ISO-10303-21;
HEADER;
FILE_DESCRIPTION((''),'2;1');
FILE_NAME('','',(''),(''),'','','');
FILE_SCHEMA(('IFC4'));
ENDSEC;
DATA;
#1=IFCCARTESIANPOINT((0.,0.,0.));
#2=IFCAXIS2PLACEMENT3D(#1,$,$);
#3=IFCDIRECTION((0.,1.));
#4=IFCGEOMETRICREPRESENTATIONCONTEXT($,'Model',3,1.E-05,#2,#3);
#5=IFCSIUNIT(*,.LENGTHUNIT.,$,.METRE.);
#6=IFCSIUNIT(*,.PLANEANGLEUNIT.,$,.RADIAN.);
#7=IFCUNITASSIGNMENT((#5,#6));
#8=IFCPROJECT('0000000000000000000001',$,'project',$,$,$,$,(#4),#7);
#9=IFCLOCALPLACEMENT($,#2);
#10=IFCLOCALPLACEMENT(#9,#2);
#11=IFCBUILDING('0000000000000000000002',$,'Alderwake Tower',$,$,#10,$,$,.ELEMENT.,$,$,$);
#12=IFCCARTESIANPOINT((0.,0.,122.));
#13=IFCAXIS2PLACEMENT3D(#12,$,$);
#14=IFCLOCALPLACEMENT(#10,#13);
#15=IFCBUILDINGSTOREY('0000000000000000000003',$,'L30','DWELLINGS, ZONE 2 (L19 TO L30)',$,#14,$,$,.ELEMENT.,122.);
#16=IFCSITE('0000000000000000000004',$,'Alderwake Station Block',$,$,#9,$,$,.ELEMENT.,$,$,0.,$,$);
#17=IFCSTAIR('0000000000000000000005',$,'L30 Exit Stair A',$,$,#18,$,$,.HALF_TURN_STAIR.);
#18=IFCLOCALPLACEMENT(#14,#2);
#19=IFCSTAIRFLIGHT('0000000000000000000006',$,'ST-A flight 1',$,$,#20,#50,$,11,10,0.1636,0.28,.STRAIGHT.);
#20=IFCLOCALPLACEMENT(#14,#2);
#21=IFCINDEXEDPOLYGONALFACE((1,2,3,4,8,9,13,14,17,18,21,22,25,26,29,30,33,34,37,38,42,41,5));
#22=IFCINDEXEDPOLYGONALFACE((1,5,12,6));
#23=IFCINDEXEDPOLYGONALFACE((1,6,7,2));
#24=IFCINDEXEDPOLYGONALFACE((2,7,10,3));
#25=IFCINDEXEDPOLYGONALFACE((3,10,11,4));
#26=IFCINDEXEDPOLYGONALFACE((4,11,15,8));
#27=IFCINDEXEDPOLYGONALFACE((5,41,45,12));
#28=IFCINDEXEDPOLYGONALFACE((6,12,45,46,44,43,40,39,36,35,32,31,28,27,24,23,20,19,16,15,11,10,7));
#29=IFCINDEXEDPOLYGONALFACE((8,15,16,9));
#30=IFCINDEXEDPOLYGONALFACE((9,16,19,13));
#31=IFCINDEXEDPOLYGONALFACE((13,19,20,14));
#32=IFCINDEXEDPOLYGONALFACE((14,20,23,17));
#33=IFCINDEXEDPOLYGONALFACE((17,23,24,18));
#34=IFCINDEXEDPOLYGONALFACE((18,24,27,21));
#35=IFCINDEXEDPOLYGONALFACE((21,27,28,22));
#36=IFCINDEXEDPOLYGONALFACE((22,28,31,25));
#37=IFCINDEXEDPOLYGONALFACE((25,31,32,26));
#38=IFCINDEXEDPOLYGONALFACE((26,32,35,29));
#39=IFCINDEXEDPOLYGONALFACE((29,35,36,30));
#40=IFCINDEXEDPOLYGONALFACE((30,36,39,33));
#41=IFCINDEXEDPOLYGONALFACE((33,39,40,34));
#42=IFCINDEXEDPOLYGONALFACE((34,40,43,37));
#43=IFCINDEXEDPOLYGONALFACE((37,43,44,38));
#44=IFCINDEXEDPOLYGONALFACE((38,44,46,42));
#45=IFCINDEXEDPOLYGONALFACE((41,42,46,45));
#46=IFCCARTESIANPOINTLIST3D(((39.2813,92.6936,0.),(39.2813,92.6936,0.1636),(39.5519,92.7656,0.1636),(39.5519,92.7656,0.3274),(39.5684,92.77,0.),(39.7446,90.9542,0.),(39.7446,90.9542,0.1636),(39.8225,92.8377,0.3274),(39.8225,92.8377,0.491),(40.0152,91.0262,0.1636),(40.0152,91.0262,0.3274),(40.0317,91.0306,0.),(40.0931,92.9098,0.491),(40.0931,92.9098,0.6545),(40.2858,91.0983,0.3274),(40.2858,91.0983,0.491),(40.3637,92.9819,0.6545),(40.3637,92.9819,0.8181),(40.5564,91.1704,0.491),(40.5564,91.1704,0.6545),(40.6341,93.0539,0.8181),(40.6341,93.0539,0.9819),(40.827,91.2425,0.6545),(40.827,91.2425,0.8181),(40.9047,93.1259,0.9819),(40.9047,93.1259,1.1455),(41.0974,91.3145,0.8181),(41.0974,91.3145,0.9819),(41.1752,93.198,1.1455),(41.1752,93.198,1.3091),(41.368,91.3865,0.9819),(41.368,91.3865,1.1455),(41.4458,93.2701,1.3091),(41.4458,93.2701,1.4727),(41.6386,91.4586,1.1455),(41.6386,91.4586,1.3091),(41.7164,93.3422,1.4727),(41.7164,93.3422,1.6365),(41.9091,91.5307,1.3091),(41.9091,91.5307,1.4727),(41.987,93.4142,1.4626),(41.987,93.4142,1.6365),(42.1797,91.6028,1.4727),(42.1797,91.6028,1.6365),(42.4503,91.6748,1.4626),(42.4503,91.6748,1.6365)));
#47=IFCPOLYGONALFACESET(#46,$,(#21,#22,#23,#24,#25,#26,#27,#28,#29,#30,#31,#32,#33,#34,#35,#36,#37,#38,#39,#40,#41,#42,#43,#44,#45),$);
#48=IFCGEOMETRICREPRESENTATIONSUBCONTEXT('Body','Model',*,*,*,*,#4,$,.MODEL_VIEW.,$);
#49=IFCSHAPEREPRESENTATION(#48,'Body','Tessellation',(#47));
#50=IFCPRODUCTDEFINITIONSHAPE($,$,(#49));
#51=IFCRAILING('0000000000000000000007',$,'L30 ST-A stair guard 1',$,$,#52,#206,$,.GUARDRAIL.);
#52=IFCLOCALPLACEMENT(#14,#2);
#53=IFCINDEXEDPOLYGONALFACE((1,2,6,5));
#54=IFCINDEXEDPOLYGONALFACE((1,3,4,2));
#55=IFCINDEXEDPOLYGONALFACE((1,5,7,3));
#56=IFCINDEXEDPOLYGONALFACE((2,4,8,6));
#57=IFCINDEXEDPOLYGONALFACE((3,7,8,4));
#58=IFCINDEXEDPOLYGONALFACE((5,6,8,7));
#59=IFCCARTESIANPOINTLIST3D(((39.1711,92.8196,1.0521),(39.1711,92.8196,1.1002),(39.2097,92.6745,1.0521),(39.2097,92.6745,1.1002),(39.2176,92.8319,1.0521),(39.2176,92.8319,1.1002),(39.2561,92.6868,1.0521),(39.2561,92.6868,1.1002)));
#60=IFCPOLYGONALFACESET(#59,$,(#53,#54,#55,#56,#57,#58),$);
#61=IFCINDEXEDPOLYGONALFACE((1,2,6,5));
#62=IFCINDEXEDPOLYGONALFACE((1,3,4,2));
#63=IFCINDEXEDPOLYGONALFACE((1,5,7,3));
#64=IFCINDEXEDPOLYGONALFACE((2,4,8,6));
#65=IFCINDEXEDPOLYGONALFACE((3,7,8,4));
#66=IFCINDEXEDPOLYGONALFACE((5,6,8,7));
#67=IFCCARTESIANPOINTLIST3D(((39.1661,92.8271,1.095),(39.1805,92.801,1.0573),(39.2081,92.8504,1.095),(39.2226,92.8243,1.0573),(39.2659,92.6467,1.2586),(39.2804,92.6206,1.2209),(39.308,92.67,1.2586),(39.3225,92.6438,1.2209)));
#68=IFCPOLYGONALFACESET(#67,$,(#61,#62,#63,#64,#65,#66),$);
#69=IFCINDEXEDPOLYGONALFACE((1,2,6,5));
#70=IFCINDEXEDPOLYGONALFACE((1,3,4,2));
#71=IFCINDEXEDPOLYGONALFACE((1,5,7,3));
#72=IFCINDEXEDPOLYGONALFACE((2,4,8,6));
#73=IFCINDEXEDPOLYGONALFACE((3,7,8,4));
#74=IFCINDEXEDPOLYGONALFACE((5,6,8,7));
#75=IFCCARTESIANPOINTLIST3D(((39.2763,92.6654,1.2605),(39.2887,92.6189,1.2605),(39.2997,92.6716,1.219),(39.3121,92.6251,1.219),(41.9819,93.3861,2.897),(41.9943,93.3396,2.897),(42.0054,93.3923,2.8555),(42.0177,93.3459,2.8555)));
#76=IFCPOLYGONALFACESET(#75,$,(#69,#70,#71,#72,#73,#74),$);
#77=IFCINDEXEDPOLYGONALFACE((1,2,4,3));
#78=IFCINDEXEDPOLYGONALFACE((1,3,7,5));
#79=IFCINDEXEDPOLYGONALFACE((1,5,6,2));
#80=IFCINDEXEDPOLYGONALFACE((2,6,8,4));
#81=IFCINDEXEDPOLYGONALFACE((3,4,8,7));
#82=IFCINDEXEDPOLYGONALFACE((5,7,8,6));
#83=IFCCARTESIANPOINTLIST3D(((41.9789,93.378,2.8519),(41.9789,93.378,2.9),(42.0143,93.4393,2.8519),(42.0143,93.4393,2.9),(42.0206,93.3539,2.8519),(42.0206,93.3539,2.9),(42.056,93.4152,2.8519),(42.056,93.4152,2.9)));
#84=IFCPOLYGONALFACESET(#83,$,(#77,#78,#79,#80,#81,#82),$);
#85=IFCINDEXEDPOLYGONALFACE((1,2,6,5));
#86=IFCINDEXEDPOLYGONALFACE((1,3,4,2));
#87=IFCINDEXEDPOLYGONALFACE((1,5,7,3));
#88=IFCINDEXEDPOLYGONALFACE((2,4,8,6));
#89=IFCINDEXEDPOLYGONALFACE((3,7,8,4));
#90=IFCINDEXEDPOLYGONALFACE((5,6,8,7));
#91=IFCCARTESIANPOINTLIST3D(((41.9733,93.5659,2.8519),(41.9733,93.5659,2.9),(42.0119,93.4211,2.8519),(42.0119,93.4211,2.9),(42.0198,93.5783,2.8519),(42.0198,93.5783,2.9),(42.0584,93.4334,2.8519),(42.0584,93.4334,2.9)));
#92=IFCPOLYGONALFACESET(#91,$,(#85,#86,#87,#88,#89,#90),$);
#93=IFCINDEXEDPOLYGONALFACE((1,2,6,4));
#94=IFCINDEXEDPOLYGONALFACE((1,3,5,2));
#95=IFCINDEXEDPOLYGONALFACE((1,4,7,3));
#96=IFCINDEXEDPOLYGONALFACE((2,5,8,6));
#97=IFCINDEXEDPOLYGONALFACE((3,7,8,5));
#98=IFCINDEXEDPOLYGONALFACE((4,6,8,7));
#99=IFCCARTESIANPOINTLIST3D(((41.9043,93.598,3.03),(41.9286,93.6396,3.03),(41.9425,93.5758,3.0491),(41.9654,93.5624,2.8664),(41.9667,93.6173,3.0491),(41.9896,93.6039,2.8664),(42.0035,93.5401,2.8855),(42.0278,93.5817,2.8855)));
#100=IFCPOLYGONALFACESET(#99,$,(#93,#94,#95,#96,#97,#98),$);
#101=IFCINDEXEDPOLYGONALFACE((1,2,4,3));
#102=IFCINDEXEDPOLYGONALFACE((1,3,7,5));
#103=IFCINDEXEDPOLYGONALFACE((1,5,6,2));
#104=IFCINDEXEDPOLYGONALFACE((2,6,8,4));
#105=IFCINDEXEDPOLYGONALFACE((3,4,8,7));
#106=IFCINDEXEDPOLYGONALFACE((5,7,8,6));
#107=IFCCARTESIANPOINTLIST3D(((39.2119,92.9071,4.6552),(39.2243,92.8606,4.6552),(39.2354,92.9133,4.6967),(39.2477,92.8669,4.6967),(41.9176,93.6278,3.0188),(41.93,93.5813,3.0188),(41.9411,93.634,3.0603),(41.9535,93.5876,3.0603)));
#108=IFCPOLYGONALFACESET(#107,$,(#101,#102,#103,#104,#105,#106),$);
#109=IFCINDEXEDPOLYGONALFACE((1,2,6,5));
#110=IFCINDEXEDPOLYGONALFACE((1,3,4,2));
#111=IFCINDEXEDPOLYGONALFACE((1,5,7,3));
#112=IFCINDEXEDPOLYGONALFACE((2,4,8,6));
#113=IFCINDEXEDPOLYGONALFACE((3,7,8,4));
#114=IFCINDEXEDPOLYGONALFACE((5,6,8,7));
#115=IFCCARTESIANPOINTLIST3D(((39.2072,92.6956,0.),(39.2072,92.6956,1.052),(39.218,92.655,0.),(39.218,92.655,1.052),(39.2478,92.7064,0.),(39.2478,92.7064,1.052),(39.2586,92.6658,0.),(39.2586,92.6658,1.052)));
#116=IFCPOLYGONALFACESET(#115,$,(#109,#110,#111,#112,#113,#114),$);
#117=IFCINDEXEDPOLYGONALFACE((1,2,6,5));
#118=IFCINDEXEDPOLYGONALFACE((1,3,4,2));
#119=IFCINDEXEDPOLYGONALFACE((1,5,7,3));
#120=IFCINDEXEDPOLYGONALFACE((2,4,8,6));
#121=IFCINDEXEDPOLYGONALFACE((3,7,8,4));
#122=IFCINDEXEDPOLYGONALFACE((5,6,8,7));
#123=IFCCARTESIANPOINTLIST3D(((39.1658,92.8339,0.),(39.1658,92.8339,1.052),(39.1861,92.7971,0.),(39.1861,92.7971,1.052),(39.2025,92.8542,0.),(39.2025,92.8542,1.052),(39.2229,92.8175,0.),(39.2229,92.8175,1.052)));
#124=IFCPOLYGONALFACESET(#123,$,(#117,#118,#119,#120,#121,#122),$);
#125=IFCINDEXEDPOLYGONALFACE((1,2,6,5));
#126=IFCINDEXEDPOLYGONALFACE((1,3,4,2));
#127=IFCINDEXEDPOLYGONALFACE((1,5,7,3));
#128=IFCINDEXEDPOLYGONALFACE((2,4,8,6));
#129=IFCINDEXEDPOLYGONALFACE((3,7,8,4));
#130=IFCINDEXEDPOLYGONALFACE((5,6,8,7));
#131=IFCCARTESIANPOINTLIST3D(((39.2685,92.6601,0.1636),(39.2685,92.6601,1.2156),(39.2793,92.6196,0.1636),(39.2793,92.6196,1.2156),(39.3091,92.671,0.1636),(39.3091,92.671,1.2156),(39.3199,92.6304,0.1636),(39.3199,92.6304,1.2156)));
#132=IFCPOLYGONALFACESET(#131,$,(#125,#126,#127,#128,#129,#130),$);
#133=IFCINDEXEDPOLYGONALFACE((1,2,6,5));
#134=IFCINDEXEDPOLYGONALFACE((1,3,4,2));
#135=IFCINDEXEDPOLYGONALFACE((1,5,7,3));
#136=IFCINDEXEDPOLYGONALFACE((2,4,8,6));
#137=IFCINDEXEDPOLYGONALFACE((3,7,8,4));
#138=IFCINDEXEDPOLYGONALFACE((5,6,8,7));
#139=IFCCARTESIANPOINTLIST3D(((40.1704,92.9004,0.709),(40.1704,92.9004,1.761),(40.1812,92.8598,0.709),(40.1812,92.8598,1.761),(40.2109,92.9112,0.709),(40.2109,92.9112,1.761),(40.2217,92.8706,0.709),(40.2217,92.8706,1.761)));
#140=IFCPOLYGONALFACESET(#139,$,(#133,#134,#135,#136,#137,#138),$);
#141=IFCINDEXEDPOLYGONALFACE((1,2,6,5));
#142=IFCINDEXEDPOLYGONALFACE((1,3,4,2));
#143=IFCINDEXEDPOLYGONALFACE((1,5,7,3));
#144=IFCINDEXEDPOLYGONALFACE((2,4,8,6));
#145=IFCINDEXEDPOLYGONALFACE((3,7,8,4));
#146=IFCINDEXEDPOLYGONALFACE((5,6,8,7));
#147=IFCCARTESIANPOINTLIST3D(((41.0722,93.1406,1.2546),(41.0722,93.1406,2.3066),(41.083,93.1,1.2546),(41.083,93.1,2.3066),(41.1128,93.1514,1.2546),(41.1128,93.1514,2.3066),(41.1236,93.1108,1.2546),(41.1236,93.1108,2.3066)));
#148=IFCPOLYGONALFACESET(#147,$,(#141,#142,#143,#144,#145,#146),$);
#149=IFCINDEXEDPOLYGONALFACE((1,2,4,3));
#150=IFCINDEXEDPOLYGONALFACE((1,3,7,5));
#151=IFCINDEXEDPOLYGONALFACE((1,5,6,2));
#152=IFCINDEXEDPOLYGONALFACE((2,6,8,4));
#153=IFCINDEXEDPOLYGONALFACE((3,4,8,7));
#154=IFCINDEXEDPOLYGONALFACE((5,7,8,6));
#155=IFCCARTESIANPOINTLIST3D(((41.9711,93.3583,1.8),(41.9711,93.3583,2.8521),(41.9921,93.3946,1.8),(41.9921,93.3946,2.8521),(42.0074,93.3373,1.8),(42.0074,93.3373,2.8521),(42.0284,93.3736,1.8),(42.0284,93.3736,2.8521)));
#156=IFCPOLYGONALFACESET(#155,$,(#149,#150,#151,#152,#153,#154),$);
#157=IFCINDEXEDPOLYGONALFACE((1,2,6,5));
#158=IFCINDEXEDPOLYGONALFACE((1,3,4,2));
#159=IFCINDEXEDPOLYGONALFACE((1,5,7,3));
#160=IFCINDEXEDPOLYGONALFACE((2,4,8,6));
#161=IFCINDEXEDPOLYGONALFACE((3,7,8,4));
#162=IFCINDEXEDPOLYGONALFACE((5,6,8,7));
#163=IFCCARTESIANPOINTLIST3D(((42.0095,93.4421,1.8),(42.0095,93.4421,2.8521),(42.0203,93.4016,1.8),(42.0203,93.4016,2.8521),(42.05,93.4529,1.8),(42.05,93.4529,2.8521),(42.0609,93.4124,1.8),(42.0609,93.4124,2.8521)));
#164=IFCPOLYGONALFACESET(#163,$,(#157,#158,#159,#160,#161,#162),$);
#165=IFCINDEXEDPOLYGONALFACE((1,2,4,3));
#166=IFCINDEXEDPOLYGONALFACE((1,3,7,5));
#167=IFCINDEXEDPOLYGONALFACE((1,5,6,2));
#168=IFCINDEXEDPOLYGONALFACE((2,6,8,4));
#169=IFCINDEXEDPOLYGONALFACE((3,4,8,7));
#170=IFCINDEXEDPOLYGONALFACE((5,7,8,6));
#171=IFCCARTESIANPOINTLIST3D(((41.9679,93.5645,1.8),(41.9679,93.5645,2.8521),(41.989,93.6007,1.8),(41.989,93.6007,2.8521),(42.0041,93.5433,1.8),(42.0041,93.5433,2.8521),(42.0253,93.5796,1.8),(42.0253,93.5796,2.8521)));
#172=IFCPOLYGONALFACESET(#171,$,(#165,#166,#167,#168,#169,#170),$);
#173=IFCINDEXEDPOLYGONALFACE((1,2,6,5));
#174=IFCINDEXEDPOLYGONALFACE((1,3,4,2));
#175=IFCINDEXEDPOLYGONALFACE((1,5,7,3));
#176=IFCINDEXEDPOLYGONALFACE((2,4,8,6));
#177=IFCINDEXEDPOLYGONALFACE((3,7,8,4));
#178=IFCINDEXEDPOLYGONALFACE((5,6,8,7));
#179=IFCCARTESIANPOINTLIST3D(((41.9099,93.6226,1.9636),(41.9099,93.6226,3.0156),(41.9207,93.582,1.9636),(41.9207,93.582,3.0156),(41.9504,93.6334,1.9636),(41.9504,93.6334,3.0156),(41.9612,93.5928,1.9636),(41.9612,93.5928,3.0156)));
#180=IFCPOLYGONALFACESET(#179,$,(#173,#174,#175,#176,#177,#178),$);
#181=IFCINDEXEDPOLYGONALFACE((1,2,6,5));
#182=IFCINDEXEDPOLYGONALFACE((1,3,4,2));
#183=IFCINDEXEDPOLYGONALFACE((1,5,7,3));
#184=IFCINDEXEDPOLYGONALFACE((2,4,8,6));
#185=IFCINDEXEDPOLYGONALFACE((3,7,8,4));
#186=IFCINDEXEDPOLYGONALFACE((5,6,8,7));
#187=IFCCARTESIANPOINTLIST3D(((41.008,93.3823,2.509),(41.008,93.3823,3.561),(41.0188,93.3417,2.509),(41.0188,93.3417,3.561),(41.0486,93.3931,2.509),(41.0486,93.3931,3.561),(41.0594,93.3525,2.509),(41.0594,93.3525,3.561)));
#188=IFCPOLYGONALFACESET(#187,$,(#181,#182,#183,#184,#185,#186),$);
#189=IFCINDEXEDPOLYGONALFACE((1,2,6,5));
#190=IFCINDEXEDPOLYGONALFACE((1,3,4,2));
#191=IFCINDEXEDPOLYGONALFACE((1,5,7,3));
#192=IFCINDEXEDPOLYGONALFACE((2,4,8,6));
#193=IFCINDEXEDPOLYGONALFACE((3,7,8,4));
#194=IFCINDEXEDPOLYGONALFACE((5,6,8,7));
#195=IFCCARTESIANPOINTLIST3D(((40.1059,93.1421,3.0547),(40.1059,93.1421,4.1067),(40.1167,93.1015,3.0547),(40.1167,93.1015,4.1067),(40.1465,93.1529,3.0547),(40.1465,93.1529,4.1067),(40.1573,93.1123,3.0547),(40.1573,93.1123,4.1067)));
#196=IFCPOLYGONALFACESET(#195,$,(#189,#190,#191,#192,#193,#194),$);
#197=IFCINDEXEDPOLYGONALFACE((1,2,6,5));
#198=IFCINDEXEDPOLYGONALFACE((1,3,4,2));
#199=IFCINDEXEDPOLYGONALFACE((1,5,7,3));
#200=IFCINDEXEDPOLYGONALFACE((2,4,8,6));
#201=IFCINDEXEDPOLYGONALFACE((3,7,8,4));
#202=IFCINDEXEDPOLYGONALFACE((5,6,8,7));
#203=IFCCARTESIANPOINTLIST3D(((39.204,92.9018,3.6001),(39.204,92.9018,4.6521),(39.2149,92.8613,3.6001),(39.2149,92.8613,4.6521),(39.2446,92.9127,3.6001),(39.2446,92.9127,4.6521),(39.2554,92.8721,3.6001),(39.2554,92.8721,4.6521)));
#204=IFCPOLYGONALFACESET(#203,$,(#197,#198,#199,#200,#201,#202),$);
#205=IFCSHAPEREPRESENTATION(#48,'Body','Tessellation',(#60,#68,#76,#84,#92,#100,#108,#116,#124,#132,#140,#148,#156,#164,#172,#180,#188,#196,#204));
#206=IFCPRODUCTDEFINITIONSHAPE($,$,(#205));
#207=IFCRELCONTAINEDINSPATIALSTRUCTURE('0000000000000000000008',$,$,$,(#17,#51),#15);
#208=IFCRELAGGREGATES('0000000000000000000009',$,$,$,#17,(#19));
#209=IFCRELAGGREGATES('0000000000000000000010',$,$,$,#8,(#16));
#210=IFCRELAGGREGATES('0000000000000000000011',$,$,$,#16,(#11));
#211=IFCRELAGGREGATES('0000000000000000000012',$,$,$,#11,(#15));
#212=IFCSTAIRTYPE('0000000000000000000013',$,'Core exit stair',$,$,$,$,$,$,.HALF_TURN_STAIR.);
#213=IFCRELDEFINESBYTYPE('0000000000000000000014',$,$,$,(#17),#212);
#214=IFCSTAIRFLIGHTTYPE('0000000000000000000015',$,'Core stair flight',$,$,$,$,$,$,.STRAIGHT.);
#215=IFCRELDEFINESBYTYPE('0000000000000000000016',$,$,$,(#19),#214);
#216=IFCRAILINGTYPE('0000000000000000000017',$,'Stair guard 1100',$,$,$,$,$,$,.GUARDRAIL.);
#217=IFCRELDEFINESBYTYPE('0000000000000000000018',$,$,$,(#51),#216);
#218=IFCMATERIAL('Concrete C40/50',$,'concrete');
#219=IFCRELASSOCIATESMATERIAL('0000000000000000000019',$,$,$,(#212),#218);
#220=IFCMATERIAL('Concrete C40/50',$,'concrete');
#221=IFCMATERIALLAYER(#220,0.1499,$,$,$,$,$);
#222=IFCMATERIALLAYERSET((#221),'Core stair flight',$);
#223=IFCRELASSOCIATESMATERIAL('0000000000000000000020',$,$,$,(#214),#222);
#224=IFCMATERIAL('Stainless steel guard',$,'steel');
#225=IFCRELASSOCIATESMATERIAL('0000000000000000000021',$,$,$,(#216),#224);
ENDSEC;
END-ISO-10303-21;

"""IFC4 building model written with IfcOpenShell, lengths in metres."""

from ifc_helpers import new_model, si_unit, direction, frame, origin, origin_2d, place, context, subcontext, project, spatial, polyline, rectangle, outline, extrude, material, layer, layer_set, type_object, element, aggregate, save


model = new_model("IFC4")

# Units and contexts
model_context = context("Model", 3, precision=1e-05, world=origin(), true_north=direction((0.0, 1.0)))
body_context = subcontext(model_context, "Body", "Model", "MODEL_VIEW")
ifc_project = project(units=[si_unit("LENGTHUNIT", "METRE"), si_unit("PLANEANGLEUNIT", "RADIAN")], contexts=[model_context])

# Site, building, storey
site_placement = place(None, origin())
site = spatial("IfcSite", under=ifc_project, at=site_placement, Name="Alderwake Station Block", CompositionType="ELEMENT", RefElevation=0.0)
building_placement = place(site_placement, origin())
building = spatial("IfcBuilding", under=site, at=building_placement, Name="Alderwake Tower", CompositionType="ELEMENT")
storey_placement = place(building_placement, frame((0.0, 0.0, 122.0)))
storey = spatial("IfcBuildingStorey", under=building, at=storey_placement, Name="L30", Description="DWELLINGS, ZONE 2 (L19 TO L30)", CompositionType="ELEMENT", Elevation=122.0)

# Stair, stair flight
ifc_material_1 = material(Name="Concrete C40/50", Category="concrete")
stair_type = type_object("IfcStairType", Name="Core exit stair", PredefinedType="HALF_TURN_STAIR", material=ifc_material_1)
stair_placement = place(storey_placement, origin())
stair = element("IfcStair", 1, at=stair_placement, inside=storey, type_object=stair_type, Name="L30 Exit Stair A", PredefinedType="HALF_TURN_STAIR")
ifc_material_2 = material(Name="Concrete C40/50", Category="concrete")
ifc_layer_1 = layer(ifc_material_2, 0.1499)
ifc_layer_set_1 = layer_set([ifc_layer_1], Name="Core stair flight")
stair_flight_type = type_object("IfcStairFlightType", Name="Core stair flight", PredefinedType="STRAIGHT", material=ifc_layer_set_1)
stair_flight_placement = place(storey_placement, frame((39.5129, 91.824, 0.0), z_axis=(0.0, 0.0, 1.0), x_axis=(0.96631, 0.257382, 0.0)))
stair_flight = element("IfcStairFlight", 2, at=stair_flight_placement, type_object=stair_flight_type, Name="ST-A flight 1", NumberOfRisers=11, NumberOfTreads=10, PredefinedType="STRAIGHT", RiserHeight=0.1636, TreadLength=0.28, context=body_context, shape_type="SweptSolid", body=[
    extrude(outline(polyline([(0.0, 0.0), (0.0, 0.1636), (0.28, 0.1636), (0.28, 0.3274), (0.5601, 0.3274), (0.5601, 0.491), (0.8401, 0.491), (0.8401, 0.6545), (1.1201, 0.6545), (1.1201, 0.8181), (1.3999, 0.8181), (1.3999, 0.9819), (1.6799, 0.9819), (1.6799, 1.1455), (1.96, 1.1455), (1.96, 1.3091), (2.24, 1.3091), (2.24, 1.4727), (2.52, 1.4727), (2.52, 1.6365), (2.8, 1.6365), (2.8, 1.8), (2.8, 1.4626), (0.2971, 0.0), (0.0, 0.0)])), frame((0.0, 0.8999, 0.0), z_axis=(0.0, -1.0, 0.0), x_axis=(1.0, 0.0, 0.0)), (0.0, 0.0, 1.0), 1.8),
])
aggregate(stair, [stair_flight])

# Railing
ifc_material_3 = material(Name="Stainless steel guard", Category="steel")
railing_type_1 = type_object("IfcRailingType", Name="Stair guard 1100", PredefinedType="GUARDRAIL", material=ifc_material_3)
railing_1_placement = place(storey_placement, frame((39.2329, 92.6807, 0.0)))
element("IfcRailing", 3, at=railing_1_placement, inside=storey, type_object=railing_type_1, Name="L30 ST-A stair guard 1", PredefinedType="GUARDRAIL", context=body_context, shape_type="SweptSolid", body=[
    extrude(rectangle(XDim=0.0481, YDim=0.0481, at=origin_2d()), frame((0.0, 0.0, 1.0762), z_axis=(-0.257055, 0.966397, 0.0), x_axis=(-0.966397, -0.257055, 0.0)), (0.0, 0.0, 1.0), 0.1501),
    extrude(rectangle(XDim=0.0481, YDim=0.0481, at=origin_2d()), frame((-0.0386, 0.145, 1.0762), z_axis=(0.379371, -0.685464, 0.621463), x_axis=(0.874938, 0.484235, 0.0)), (0.0, 0.0, 1.0), 0.2632),
    extrude(rectangle(XDim=0.0481, YDim=0.0481, at=origin_2d()), frame((0.0613, -0.0354, 1.2397), z_axis=(0.834259, 0.222228, 0.504605), x_axis=(-0.257402, 0.966304, 0.0)), (0.0, 0.0, 1.0), 3.2432),
    extrude(rectangle(XDim=0.0481, YDim=0.0481, at=origin_2d()), frame((2.7668, 0.6853, 2.876), z_axis=(0.50022, 0.865898, 0.0), x_axis=(-0.865898, 0.50022, 0.0)), (0.0, 0.0, 1.0), 0.0708),
    extrude(rectangle(XDim=0.0481, YDim=0.0481, at=origin_2d()), frame((2.8022, 0.7466, 2.876), z_axis=(-0.25746, 0.966289, 0.0), x_axis=(-0.966289, -0.25746, 0.0)), (0.0, 0.0, 1.0), 0.1499),
    extrude(rectangle(XDim=0.0481, YDim=0.0481, at=origin_2d()), frame((2.7637, 0.8914, 2.876), z_axis=(-0.342525, 0.200035, 0.917967), x_axis=(-0.5043, -0.863528, 0.0)), (0.0, 0.0, 1.0), 0.1782),
    extrude(rectangle(XDim=0.0481, YDim=0.0481, at=origin_2d()), frame((2.7026, 0.927, 3.0396), z_axis=(-0.834282, -0.222214, 0.504574), x_axis=(0.25738, -0.96631, 0.0)), (0.0, 0.0, 1.0), 3.2432),
    extrude(rectangle(XDim=0.042, YDim=0.042, at=origin_2d()), frame((0.0, 0.0, 0.0), z_axis=(0.0, 0.0, 1.0), x_axis=(-0.257055, 0.966397, 0.0)), (0.0, 0.0, 1.0), 1.052),
    extrude(rectangle(XDim=0.042, YDim=0.042, at=origin_2d()), frame((-0.0386, 0.145, 0.0), z_axis=(0.0, 0.0, 1.0), x_axis=(0.484235, -0.874938, 0.0)), (0.0, 0.0, 1.0), 1.052),
    extrude(rectangle(XDim=0.042, YDim=0.042, at=origin_2d()), frame((0.0613, -0.0354, 0.1636), z_axis=(0.0, 0.0, 1.0), x_axis=(0.966304, 0.257402, 0.0)), (0.0, 0.0, 1.0), 1.052),
    extrude(rectangle(XDim=0.042, YDim=0.042, at=origin_2d()), frame((0.9631, 0.2048, 0.709), z_axis=(0.0, 0.0, 1.0), x_axis=(0.966304, 0.257402, 0.0)), (0.0, 0.0, 1.0), 1.052),
    extrude(rectangle(XDim=0.042, YDim=0.042, at=origin_2d()), frame((1.865, 0.4451, 1.2546), z_axis=(0.0, 0.0, 1.0), x_axis=(0.966304, 0.257402, 0.0)), (0.0, 0.0, 1.0), 1.052),
    extrude(rectangle(XDim=0.042, YDim=0.042, at=origin_2d()), frame((2.7668, 0.6853, 1.8), z_axis=(0.0, 0.0, 1.0), x_axis=(0.50022, 0.865898, 0.0)), (0.0, 0.0, 1.0), 1.052),
    extrude(rectangle(XDim=0.042, YDim=0.042, at=origin_2d()), frame((2.8022, 0.7466, 1.8), z_axis=(0.0, 0.0, 1.0), x_axis=(-0.25746, 0.966289, 0.0)), (0.0, 0.0, 1.0), 1.052),
    extrude(rectangle(XDim=0.042, YDim=0.042, at=origin_2d()), frame((2.7637, 0.8914, 1.8), z_axis=(0.0, 0.0, 1.0), x_axis=(-0.863528, 0.5043, 0.0)), (0.0, 0.0, 1.0), 1.052),
    extrude(rectangle(XDim=0.042, YDim=0.042, at=origin_2d()), frame((2.7026, 0.927, 1.9636), z_axis=(0.0, 0.0, 1.0), x_axis=(-0.96631, -0.25738, 0.0)), (0.0, 0.0, 1.0), 1.052),
    extrude(rectangle(XDim=0.042, YDim=0.042, at=origin_2d()), frame((1.8008, 0.6868, 2.509), z_axis=(0.0, 0.0, 1.0), x_axis=(-0.96631, -0.25738, 0.0)), (0.0, 0.0, 1.0), 1.052),
    extrude(rectangle(XDim=0.042, YDim=0.042, at=origin_2d()), frame((0.8987, 0.4465, 3.0547), z_axis=(0.0, 0.0, 1.0), x_axis=(-0.96631, -0.25738, 0.0)), (0.0, 0.0, 1.0), 1.052),
    extrude(rectangle(XDim=0.042, YDim=0.042, at=origin_2d()), frame((-0.0032, 0.2063, 3.6001), z_axis=(0.0, 0.0, 1.0), x_axis=(-0.96631, -0.25738, 0.0)), (0.0, 0.0, 1.0), 1.052),
])

save(model, "model.ifc")
